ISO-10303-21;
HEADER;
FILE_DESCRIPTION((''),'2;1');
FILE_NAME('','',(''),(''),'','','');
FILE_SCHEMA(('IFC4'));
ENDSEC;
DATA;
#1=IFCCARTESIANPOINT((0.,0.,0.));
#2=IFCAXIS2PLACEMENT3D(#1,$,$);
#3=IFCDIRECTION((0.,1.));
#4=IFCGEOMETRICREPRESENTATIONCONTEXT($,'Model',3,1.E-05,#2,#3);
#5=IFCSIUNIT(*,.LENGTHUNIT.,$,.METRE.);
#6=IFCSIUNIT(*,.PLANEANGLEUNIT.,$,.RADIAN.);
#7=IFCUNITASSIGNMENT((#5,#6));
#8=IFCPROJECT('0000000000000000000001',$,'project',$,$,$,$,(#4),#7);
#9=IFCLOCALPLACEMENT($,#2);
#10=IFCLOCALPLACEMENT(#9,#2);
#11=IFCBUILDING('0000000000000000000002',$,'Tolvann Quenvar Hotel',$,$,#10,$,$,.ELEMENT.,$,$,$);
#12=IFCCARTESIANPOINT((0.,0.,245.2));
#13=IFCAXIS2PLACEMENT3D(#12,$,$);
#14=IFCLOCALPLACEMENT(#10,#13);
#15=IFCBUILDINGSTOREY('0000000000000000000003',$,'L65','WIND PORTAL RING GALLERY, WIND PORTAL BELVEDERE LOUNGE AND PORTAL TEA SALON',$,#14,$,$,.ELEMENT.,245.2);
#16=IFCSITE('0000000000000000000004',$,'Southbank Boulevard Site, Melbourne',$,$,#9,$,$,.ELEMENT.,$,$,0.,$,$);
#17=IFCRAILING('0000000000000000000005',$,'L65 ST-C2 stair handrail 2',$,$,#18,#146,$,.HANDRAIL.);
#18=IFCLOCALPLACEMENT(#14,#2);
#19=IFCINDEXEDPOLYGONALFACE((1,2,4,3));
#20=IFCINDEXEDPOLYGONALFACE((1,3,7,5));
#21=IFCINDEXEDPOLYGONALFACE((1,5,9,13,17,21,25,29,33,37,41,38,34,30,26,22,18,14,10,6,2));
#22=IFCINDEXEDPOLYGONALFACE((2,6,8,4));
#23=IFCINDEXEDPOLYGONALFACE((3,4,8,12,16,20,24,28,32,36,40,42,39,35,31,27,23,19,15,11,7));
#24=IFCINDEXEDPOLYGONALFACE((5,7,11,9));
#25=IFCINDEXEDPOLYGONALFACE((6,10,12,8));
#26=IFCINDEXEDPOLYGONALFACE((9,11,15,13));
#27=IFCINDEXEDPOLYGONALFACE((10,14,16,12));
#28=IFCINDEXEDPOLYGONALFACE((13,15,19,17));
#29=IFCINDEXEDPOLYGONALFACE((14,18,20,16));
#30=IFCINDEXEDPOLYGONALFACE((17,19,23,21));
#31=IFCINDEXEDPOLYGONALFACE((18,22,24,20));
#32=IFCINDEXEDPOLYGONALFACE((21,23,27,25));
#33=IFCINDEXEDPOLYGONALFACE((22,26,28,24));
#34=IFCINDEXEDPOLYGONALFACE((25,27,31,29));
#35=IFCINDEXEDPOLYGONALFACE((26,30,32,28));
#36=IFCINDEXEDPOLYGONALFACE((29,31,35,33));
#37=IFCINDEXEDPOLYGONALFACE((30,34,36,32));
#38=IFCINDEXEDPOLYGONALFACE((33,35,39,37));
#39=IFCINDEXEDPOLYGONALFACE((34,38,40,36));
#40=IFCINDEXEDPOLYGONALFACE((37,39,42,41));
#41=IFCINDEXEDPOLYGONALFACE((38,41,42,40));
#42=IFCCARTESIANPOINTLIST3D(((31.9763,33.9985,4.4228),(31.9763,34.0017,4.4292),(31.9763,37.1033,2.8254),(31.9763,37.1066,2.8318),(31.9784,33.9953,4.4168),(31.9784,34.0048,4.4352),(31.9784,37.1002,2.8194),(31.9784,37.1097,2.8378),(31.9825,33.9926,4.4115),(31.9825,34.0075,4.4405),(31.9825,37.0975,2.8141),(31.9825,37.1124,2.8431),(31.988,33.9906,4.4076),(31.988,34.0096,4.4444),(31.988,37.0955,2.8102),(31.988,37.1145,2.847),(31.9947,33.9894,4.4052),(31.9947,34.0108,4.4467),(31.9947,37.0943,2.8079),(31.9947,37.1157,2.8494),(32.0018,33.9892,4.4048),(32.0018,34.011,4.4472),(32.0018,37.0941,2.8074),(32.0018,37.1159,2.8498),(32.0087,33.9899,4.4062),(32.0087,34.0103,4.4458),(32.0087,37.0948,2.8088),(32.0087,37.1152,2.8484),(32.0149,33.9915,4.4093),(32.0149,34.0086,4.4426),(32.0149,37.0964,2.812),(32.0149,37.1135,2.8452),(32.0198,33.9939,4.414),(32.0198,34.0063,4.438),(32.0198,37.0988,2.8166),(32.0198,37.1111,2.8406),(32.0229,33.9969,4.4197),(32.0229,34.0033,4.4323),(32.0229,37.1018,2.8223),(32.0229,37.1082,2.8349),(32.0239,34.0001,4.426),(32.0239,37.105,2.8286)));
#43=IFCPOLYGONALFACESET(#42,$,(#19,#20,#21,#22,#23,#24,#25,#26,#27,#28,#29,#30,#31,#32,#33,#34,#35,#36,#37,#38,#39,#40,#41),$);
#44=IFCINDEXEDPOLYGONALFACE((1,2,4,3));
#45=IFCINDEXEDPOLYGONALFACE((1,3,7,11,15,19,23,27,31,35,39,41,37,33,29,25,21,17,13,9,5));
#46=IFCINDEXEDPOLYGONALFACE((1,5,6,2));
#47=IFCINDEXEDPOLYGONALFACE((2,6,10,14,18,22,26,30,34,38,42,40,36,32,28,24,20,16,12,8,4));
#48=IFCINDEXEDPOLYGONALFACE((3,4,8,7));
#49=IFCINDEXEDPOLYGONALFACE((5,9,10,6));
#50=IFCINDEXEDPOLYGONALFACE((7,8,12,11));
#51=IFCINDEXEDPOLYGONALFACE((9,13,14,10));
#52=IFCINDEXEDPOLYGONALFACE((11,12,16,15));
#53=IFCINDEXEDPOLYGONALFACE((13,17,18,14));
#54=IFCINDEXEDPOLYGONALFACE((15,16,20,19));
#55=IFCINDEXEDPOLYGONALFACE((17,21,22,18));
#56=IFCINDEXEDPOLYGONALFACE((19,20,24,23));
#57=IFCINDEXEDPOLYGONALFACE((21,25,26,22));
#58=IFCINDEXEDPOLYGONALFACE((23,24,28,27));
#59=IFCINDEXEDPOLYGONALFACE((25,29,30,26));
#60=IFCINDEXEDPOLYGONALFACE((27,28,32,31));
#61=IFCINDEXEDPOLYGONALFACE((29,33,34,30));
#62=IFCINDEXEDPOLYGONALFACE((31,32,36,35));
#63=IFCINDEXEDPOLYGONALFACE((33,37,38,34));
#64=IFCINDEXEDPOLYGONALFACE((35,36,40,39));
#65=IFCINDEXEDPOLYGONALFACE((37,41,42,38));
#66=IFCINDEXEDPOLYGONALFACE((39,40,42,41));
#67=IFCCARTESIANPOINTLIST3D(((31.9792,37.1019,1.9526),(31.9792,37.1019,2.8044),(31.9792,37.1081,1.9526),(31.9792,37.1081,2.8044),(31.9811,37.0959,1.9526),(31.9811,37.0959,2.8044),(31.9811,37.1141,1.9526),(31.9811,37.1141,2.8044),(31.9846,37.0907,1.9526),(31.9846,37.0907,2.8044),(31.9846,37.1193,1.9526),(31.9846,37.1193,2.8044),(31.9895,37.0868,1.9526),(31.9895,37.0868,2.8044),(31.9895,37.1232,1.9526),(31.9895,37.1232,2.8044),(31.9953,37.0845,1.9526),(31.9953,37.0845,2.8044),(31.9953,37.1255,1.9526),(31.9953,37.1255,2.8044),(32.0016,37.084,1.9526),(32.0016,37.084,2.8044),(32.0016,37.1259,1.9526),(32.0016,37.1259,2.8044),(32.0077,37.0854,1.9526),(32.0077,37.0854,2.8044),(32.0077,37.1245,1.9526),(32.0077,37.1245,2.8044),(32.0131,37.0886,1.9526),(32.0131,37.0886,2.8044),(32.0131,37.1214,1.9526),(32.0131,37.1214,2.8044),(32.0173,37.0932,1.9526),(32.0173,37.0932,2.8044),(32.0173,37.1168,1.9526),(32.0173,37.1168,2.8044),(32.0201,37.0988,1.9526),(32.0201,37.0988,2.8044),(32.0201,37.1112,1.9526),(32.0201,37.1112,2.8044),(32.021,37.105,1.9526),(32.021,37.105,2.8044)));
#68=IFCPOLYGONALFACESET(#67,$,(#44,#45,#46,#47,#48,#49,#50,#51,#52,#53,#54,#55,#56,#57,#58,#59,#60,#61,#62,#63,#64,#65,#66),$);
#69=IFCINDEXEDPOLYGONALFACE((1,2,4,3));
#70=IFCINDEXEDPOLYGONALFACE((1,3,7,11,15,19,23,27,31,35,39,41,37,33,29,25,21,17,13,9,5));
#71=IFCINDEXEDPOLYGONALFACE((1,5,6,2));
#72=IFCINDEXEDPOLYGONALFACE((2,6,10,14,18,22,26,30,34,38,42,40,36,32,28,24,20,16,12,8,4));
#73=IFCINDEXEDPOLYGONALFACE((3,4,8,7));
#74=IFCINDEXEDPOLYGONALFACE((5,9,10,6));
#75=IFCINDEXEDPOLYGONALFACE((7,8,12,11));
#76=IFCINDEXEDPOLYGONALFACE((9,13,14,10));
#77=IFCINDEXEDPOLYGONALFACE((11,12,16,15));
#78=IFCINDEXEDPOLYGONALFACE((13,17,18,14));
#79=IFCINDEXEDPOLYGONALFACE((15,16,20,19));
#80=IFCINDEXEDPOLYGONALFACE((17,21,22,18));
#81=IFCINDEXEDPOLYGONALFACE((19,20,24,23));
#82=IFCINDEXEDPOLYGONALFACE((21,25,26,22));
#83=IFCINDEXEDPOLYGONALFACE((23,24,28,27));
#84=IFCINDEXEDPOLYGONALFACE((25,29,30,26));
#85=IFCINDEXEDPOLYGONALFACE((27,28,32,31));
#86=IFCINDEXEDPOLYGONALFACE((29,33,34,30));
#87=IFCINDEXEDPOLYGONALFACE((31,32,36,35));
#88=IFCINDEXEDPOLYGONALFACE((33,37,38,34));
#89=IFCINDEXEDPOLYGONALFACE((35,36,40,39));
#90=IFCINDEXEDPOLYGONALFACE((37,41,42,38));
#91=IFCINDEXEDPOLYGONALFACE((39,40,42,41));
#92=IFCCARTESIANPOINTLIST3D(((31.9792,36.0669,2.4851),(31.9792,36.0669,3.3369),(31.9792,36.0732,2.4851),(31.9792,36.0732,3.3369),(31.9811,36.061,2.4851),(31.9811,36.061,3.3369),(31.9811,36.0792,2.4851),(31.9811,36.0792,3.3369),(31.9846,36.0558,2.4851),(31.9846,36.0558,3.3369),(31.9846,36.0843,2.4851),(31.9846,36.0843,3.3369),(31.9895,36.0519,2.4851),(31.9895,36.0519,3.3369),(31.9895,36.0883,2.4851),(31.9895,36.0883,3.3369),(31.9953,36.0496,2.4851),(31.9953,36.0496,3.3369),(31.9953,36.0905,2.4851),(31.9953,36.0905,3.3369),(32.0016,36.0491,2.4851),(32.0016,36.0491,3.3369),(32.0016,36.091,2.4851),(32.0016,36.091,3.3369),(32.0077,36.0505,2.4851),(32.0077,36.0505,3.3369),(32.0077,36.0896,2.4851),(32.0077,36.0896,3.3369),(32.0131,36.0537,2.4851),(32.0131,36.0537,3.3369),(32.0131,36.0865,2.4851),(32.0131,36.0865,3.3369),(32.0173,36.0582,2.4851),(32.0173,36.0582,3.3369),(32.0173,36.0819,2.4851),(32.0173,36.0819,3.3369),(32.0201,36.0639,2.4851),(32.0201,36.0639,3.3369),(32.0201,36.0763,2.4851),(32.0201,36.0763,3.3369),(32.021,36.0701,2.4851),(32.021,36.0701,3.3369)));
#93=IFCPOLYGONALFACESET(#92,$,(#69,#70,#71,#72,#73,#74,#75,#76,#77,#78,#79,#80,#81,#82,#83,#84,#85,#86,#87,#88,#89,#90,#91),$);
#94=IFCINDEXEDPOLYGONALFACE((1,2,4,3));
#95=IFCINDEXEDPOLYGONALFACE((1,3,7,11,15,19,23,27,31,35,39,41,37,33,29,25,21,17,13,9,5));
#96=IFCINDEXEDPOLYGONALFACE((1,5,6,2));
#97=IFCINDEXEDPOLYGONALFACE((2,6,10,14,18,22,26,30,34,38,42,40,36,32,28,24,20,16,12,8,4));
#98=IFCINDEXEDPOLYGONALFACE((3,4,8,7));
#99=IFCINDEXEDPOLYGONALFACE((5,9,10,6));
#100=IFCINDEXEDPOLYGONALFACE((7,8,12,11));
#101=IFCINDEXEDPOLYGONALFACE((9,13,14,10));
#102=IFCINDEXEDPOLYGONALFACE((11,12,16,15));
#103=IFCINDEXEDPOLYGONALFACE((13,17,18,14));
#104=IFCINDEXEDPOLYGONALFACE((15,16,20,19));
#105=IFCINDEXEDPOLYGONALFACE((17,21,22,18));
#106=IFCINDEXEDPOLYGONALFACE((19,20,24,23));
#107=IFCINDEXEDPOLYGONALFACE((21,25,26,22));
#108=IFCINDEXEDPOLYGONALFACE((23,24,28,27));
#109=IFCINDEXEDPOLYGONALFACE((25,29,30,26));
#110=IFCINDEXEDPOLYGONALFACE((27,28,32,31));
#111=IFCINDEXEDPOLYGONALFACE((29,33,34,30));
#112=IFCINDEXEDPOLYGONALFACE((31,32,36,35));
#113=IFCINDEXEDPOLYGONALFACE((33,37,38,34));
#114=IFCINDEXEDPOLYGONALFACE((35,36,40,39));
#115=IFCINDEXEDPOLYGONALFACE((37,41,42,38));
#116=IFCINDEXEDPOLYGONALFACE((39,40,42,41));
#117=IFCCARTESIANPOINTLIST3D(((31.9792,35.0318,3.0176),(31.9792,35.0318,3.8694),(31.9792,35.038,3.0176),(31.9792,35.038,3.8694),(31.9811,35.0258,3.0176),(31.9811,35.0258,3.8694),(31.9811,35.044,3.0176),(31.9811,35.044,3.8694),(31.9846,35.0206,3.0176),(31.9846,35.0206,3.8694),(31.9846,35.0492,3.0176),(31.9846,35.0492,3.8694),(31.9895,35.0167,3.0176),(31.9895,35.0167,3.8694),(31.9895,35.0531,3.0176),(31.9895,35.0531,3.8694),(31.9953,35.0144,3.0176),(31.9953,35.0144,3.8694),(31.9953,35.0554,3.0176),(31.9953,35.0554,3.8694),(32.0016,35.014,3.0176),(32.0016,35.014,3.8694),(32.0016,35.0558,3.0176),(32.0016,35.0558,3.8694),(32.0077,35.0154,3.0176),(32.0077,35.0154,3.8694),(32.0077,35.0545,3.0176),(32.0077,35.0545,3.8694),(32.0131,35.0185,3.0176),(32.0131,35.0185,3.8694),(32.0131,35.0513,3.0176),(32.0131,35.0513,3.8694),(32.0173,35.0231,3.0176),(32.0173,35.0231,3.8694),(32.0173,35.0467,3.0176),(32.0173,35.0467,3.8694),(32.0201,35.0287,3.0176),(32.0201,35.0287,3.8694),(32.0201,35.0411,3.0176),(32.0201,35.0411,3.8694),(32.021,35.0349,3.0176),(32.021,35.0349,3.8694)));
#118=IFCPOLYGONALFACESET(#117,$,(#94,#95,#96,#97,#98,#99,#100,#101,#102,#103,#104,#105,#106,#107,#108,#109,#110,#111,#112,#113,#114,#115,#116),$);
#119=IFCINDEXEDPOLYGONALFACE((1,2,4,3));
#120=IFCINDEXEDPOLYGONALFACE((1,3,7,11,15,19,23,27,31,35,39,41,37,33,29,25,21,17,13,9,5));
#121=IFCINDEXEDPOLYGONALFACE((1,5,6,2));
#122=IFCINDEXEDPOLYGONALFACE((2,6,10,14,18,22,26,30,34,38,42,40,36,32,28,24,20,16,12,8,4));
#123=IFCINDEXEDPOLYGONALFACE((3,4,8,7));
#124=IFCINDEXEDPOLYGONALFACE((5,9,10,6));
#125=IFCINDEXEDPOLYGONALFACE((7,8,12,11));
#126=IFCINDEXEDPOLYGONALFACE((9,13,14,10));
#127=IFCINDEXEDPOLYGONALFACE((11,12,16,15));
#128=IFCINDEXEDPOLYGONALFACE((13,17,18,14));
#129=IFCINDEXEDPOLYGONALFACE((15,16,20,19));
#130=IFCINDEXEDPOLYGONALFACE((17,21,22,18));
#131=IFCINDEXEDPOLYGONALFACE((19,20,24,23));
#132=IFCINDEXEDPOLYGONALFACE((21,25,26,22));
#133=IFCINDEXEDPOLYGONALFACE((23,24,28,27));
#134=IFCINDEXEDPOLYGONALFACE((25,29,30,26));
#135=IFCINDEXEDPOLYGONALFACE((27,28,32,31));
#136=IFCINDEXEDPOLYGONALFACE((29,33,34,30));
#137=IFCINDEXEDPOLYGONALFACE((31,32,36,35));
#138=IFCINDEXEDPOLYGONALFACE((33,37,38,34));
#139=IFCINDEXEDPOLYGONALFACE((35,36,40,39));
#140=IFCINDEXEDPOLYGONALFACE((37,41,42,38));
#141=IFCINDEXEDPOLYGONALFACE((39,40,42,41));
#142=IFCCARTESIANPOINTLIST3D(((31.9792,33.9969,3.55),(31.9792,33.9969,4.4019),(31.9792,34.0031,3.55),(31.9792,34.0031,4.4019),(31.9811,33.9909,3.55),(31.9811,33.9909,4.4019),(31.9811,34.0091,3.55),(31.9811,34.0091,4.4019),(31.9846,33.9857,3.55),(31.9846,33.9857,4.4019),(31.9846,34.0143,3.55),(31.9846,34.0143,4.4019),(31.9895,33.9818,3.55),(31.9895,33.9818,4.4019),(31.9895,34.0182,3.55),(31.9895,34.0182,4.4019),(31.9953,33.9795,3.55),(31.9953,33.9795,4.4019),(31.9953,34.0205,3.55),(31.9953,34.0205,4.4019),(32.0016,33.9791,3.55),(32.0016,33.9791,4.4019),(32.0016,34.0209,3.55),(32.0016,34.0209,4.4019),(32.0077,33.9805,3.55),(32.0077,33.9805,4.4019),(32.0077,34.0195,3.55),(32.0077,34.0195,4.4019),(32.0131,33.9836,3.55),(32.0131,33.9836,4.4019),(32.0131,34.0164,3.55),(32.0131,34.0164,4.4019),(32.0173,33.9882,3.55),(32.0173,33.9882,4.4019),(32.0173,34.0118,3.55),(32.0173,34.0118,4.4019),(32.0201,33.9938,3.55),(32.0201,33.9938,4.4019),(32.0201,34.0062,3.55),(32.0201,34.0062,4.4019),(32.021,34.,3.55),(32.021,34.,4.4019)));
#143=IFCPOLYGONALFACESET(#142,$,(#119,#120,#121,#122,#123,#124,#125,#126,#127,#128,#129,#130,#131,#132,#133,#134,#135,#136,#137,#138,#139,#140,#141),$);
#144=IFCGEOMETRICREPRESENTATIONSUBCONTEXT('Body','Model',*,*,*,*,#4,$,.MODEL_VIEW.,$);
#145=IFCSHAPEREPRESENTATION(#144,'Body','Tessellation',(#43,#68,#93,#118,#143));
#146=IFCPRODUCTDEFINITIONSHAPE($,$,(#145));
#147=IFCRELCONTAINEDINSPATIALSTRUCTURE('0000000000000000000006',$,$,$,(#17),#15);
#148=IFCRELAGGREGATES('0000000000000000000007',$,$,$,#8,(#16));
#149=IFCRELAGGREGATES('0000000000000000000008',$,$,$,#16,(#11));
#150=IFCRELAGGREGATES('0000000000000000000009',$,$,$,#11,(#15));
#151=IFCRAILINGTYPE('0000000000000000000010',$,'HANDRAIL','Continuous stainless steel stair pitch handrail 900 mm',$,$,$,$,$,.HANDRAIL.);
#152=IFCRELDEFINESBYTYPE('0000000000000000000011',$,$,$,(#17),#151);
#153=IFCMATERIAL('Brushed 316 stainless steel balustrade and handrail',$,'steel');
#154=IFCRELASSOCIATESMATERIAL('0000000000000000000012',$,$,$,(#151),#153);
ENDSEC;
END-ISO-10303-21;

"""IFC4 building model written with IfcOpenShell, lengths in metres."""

from ifc_helpers import new_model, si_unit, direction, frame, origin, origin_2d, place, context, subcontext, project, spatial, circle, extrude, material, type_object, element, save


model = new_model("IFC4")

# Units and contexts
model_context = context("Model", 3, precision=1e-05, world=origin(), true_north=direction((0.0, 1.0)))
body_context = subcontext(model_context, "Body", "Model", "MODEL_VIEW")
ifc_project = project(units=[si_unit("LENGTHUNIT", "METRE"), si_unit("PLANEANGLEUNIT", "RADIAN")], contexts=[model_context])

# Site, building, storey
site_placement = place(None, origin())
site = spatial("IfcSite", under=ifc_project, at=site_placement, Name="Southbank Boulevard Site, Melbourne", CompositionType="ELEMENT", RefElevation=0.0)
building_placement = place(site_placement, origin())
building = spatial("IfcBuilding", under=site, at=building_placement, Name="Tolvann Quenvar Hotel", CompositionType="ELEMENT")
storey_placement = place(building_placement, frame((0.0, 0.0, 245.2)))
storey = spatial("IfcBuildingStorey", under=building, at=storey_placement, Name="L65", Description="WIND PORTAL RING GALLERY, WIND PORTAL BELVEDERE LOUNGE AND PORTAL TEA SALON", CompositionType="ELEMENT", Elevation=245.2)

# Railing
ifc_material_1 = material(Name="Brushed 316 stainless steel balustrade and handrail", Category="steel")
railing_type_1 = type_object("IfcRailingType", Name="HANDRAIL", Description="Continuous stainless steel stair pitch handrail 900 mm", PredefinedType="HANDRAIL", material=ifc_material_1)
railing_1_placement = place(storey_placement, frame((32.0, 37.105, 1.9526)))
element("IfcRailing", 1, at=railing_1_placement, inside=storey, type_object=railing_type_1, Name="L65 ST-C2 stair handrail 2", PredefinedType="HANDRAIL", context=body_context, shape_type="SweptSolid", body=[
    extrude(circle(Radius=0.0239, at=origin_2d()), frame((0.0, 0.0, 0.876), z_axis=(0.0, -0.889222, 0.457476), x_axis=(1.0, 0.0, 0.0)), (0.0, 0.0, 1.0), 3.4917),
    extrude(circle(Radius=0.021, at=origin_2d()), origin(), (0.0, 0.0, 1.0), 0.8518),
    extrude(circle(Radius=0.021, at=origin_2d()), frame((0.0, -1.0349, 0.5325)), (0.0, 0.0, 1.0), 0.8518),
    extrude(circle(Radius=0.021, at=origin_2d()), frame((0.0, -2.0701, 1.0649)), (0.0, 0.0, 1.0), 0.8518),
    extrude(circle(Radius=0.021, at=origin_2d()), frame((0.0, -3.105, 1.5974)), (0.0, 0.0, 1.0), 0.8518),
])

save(model, "model.ifc")
